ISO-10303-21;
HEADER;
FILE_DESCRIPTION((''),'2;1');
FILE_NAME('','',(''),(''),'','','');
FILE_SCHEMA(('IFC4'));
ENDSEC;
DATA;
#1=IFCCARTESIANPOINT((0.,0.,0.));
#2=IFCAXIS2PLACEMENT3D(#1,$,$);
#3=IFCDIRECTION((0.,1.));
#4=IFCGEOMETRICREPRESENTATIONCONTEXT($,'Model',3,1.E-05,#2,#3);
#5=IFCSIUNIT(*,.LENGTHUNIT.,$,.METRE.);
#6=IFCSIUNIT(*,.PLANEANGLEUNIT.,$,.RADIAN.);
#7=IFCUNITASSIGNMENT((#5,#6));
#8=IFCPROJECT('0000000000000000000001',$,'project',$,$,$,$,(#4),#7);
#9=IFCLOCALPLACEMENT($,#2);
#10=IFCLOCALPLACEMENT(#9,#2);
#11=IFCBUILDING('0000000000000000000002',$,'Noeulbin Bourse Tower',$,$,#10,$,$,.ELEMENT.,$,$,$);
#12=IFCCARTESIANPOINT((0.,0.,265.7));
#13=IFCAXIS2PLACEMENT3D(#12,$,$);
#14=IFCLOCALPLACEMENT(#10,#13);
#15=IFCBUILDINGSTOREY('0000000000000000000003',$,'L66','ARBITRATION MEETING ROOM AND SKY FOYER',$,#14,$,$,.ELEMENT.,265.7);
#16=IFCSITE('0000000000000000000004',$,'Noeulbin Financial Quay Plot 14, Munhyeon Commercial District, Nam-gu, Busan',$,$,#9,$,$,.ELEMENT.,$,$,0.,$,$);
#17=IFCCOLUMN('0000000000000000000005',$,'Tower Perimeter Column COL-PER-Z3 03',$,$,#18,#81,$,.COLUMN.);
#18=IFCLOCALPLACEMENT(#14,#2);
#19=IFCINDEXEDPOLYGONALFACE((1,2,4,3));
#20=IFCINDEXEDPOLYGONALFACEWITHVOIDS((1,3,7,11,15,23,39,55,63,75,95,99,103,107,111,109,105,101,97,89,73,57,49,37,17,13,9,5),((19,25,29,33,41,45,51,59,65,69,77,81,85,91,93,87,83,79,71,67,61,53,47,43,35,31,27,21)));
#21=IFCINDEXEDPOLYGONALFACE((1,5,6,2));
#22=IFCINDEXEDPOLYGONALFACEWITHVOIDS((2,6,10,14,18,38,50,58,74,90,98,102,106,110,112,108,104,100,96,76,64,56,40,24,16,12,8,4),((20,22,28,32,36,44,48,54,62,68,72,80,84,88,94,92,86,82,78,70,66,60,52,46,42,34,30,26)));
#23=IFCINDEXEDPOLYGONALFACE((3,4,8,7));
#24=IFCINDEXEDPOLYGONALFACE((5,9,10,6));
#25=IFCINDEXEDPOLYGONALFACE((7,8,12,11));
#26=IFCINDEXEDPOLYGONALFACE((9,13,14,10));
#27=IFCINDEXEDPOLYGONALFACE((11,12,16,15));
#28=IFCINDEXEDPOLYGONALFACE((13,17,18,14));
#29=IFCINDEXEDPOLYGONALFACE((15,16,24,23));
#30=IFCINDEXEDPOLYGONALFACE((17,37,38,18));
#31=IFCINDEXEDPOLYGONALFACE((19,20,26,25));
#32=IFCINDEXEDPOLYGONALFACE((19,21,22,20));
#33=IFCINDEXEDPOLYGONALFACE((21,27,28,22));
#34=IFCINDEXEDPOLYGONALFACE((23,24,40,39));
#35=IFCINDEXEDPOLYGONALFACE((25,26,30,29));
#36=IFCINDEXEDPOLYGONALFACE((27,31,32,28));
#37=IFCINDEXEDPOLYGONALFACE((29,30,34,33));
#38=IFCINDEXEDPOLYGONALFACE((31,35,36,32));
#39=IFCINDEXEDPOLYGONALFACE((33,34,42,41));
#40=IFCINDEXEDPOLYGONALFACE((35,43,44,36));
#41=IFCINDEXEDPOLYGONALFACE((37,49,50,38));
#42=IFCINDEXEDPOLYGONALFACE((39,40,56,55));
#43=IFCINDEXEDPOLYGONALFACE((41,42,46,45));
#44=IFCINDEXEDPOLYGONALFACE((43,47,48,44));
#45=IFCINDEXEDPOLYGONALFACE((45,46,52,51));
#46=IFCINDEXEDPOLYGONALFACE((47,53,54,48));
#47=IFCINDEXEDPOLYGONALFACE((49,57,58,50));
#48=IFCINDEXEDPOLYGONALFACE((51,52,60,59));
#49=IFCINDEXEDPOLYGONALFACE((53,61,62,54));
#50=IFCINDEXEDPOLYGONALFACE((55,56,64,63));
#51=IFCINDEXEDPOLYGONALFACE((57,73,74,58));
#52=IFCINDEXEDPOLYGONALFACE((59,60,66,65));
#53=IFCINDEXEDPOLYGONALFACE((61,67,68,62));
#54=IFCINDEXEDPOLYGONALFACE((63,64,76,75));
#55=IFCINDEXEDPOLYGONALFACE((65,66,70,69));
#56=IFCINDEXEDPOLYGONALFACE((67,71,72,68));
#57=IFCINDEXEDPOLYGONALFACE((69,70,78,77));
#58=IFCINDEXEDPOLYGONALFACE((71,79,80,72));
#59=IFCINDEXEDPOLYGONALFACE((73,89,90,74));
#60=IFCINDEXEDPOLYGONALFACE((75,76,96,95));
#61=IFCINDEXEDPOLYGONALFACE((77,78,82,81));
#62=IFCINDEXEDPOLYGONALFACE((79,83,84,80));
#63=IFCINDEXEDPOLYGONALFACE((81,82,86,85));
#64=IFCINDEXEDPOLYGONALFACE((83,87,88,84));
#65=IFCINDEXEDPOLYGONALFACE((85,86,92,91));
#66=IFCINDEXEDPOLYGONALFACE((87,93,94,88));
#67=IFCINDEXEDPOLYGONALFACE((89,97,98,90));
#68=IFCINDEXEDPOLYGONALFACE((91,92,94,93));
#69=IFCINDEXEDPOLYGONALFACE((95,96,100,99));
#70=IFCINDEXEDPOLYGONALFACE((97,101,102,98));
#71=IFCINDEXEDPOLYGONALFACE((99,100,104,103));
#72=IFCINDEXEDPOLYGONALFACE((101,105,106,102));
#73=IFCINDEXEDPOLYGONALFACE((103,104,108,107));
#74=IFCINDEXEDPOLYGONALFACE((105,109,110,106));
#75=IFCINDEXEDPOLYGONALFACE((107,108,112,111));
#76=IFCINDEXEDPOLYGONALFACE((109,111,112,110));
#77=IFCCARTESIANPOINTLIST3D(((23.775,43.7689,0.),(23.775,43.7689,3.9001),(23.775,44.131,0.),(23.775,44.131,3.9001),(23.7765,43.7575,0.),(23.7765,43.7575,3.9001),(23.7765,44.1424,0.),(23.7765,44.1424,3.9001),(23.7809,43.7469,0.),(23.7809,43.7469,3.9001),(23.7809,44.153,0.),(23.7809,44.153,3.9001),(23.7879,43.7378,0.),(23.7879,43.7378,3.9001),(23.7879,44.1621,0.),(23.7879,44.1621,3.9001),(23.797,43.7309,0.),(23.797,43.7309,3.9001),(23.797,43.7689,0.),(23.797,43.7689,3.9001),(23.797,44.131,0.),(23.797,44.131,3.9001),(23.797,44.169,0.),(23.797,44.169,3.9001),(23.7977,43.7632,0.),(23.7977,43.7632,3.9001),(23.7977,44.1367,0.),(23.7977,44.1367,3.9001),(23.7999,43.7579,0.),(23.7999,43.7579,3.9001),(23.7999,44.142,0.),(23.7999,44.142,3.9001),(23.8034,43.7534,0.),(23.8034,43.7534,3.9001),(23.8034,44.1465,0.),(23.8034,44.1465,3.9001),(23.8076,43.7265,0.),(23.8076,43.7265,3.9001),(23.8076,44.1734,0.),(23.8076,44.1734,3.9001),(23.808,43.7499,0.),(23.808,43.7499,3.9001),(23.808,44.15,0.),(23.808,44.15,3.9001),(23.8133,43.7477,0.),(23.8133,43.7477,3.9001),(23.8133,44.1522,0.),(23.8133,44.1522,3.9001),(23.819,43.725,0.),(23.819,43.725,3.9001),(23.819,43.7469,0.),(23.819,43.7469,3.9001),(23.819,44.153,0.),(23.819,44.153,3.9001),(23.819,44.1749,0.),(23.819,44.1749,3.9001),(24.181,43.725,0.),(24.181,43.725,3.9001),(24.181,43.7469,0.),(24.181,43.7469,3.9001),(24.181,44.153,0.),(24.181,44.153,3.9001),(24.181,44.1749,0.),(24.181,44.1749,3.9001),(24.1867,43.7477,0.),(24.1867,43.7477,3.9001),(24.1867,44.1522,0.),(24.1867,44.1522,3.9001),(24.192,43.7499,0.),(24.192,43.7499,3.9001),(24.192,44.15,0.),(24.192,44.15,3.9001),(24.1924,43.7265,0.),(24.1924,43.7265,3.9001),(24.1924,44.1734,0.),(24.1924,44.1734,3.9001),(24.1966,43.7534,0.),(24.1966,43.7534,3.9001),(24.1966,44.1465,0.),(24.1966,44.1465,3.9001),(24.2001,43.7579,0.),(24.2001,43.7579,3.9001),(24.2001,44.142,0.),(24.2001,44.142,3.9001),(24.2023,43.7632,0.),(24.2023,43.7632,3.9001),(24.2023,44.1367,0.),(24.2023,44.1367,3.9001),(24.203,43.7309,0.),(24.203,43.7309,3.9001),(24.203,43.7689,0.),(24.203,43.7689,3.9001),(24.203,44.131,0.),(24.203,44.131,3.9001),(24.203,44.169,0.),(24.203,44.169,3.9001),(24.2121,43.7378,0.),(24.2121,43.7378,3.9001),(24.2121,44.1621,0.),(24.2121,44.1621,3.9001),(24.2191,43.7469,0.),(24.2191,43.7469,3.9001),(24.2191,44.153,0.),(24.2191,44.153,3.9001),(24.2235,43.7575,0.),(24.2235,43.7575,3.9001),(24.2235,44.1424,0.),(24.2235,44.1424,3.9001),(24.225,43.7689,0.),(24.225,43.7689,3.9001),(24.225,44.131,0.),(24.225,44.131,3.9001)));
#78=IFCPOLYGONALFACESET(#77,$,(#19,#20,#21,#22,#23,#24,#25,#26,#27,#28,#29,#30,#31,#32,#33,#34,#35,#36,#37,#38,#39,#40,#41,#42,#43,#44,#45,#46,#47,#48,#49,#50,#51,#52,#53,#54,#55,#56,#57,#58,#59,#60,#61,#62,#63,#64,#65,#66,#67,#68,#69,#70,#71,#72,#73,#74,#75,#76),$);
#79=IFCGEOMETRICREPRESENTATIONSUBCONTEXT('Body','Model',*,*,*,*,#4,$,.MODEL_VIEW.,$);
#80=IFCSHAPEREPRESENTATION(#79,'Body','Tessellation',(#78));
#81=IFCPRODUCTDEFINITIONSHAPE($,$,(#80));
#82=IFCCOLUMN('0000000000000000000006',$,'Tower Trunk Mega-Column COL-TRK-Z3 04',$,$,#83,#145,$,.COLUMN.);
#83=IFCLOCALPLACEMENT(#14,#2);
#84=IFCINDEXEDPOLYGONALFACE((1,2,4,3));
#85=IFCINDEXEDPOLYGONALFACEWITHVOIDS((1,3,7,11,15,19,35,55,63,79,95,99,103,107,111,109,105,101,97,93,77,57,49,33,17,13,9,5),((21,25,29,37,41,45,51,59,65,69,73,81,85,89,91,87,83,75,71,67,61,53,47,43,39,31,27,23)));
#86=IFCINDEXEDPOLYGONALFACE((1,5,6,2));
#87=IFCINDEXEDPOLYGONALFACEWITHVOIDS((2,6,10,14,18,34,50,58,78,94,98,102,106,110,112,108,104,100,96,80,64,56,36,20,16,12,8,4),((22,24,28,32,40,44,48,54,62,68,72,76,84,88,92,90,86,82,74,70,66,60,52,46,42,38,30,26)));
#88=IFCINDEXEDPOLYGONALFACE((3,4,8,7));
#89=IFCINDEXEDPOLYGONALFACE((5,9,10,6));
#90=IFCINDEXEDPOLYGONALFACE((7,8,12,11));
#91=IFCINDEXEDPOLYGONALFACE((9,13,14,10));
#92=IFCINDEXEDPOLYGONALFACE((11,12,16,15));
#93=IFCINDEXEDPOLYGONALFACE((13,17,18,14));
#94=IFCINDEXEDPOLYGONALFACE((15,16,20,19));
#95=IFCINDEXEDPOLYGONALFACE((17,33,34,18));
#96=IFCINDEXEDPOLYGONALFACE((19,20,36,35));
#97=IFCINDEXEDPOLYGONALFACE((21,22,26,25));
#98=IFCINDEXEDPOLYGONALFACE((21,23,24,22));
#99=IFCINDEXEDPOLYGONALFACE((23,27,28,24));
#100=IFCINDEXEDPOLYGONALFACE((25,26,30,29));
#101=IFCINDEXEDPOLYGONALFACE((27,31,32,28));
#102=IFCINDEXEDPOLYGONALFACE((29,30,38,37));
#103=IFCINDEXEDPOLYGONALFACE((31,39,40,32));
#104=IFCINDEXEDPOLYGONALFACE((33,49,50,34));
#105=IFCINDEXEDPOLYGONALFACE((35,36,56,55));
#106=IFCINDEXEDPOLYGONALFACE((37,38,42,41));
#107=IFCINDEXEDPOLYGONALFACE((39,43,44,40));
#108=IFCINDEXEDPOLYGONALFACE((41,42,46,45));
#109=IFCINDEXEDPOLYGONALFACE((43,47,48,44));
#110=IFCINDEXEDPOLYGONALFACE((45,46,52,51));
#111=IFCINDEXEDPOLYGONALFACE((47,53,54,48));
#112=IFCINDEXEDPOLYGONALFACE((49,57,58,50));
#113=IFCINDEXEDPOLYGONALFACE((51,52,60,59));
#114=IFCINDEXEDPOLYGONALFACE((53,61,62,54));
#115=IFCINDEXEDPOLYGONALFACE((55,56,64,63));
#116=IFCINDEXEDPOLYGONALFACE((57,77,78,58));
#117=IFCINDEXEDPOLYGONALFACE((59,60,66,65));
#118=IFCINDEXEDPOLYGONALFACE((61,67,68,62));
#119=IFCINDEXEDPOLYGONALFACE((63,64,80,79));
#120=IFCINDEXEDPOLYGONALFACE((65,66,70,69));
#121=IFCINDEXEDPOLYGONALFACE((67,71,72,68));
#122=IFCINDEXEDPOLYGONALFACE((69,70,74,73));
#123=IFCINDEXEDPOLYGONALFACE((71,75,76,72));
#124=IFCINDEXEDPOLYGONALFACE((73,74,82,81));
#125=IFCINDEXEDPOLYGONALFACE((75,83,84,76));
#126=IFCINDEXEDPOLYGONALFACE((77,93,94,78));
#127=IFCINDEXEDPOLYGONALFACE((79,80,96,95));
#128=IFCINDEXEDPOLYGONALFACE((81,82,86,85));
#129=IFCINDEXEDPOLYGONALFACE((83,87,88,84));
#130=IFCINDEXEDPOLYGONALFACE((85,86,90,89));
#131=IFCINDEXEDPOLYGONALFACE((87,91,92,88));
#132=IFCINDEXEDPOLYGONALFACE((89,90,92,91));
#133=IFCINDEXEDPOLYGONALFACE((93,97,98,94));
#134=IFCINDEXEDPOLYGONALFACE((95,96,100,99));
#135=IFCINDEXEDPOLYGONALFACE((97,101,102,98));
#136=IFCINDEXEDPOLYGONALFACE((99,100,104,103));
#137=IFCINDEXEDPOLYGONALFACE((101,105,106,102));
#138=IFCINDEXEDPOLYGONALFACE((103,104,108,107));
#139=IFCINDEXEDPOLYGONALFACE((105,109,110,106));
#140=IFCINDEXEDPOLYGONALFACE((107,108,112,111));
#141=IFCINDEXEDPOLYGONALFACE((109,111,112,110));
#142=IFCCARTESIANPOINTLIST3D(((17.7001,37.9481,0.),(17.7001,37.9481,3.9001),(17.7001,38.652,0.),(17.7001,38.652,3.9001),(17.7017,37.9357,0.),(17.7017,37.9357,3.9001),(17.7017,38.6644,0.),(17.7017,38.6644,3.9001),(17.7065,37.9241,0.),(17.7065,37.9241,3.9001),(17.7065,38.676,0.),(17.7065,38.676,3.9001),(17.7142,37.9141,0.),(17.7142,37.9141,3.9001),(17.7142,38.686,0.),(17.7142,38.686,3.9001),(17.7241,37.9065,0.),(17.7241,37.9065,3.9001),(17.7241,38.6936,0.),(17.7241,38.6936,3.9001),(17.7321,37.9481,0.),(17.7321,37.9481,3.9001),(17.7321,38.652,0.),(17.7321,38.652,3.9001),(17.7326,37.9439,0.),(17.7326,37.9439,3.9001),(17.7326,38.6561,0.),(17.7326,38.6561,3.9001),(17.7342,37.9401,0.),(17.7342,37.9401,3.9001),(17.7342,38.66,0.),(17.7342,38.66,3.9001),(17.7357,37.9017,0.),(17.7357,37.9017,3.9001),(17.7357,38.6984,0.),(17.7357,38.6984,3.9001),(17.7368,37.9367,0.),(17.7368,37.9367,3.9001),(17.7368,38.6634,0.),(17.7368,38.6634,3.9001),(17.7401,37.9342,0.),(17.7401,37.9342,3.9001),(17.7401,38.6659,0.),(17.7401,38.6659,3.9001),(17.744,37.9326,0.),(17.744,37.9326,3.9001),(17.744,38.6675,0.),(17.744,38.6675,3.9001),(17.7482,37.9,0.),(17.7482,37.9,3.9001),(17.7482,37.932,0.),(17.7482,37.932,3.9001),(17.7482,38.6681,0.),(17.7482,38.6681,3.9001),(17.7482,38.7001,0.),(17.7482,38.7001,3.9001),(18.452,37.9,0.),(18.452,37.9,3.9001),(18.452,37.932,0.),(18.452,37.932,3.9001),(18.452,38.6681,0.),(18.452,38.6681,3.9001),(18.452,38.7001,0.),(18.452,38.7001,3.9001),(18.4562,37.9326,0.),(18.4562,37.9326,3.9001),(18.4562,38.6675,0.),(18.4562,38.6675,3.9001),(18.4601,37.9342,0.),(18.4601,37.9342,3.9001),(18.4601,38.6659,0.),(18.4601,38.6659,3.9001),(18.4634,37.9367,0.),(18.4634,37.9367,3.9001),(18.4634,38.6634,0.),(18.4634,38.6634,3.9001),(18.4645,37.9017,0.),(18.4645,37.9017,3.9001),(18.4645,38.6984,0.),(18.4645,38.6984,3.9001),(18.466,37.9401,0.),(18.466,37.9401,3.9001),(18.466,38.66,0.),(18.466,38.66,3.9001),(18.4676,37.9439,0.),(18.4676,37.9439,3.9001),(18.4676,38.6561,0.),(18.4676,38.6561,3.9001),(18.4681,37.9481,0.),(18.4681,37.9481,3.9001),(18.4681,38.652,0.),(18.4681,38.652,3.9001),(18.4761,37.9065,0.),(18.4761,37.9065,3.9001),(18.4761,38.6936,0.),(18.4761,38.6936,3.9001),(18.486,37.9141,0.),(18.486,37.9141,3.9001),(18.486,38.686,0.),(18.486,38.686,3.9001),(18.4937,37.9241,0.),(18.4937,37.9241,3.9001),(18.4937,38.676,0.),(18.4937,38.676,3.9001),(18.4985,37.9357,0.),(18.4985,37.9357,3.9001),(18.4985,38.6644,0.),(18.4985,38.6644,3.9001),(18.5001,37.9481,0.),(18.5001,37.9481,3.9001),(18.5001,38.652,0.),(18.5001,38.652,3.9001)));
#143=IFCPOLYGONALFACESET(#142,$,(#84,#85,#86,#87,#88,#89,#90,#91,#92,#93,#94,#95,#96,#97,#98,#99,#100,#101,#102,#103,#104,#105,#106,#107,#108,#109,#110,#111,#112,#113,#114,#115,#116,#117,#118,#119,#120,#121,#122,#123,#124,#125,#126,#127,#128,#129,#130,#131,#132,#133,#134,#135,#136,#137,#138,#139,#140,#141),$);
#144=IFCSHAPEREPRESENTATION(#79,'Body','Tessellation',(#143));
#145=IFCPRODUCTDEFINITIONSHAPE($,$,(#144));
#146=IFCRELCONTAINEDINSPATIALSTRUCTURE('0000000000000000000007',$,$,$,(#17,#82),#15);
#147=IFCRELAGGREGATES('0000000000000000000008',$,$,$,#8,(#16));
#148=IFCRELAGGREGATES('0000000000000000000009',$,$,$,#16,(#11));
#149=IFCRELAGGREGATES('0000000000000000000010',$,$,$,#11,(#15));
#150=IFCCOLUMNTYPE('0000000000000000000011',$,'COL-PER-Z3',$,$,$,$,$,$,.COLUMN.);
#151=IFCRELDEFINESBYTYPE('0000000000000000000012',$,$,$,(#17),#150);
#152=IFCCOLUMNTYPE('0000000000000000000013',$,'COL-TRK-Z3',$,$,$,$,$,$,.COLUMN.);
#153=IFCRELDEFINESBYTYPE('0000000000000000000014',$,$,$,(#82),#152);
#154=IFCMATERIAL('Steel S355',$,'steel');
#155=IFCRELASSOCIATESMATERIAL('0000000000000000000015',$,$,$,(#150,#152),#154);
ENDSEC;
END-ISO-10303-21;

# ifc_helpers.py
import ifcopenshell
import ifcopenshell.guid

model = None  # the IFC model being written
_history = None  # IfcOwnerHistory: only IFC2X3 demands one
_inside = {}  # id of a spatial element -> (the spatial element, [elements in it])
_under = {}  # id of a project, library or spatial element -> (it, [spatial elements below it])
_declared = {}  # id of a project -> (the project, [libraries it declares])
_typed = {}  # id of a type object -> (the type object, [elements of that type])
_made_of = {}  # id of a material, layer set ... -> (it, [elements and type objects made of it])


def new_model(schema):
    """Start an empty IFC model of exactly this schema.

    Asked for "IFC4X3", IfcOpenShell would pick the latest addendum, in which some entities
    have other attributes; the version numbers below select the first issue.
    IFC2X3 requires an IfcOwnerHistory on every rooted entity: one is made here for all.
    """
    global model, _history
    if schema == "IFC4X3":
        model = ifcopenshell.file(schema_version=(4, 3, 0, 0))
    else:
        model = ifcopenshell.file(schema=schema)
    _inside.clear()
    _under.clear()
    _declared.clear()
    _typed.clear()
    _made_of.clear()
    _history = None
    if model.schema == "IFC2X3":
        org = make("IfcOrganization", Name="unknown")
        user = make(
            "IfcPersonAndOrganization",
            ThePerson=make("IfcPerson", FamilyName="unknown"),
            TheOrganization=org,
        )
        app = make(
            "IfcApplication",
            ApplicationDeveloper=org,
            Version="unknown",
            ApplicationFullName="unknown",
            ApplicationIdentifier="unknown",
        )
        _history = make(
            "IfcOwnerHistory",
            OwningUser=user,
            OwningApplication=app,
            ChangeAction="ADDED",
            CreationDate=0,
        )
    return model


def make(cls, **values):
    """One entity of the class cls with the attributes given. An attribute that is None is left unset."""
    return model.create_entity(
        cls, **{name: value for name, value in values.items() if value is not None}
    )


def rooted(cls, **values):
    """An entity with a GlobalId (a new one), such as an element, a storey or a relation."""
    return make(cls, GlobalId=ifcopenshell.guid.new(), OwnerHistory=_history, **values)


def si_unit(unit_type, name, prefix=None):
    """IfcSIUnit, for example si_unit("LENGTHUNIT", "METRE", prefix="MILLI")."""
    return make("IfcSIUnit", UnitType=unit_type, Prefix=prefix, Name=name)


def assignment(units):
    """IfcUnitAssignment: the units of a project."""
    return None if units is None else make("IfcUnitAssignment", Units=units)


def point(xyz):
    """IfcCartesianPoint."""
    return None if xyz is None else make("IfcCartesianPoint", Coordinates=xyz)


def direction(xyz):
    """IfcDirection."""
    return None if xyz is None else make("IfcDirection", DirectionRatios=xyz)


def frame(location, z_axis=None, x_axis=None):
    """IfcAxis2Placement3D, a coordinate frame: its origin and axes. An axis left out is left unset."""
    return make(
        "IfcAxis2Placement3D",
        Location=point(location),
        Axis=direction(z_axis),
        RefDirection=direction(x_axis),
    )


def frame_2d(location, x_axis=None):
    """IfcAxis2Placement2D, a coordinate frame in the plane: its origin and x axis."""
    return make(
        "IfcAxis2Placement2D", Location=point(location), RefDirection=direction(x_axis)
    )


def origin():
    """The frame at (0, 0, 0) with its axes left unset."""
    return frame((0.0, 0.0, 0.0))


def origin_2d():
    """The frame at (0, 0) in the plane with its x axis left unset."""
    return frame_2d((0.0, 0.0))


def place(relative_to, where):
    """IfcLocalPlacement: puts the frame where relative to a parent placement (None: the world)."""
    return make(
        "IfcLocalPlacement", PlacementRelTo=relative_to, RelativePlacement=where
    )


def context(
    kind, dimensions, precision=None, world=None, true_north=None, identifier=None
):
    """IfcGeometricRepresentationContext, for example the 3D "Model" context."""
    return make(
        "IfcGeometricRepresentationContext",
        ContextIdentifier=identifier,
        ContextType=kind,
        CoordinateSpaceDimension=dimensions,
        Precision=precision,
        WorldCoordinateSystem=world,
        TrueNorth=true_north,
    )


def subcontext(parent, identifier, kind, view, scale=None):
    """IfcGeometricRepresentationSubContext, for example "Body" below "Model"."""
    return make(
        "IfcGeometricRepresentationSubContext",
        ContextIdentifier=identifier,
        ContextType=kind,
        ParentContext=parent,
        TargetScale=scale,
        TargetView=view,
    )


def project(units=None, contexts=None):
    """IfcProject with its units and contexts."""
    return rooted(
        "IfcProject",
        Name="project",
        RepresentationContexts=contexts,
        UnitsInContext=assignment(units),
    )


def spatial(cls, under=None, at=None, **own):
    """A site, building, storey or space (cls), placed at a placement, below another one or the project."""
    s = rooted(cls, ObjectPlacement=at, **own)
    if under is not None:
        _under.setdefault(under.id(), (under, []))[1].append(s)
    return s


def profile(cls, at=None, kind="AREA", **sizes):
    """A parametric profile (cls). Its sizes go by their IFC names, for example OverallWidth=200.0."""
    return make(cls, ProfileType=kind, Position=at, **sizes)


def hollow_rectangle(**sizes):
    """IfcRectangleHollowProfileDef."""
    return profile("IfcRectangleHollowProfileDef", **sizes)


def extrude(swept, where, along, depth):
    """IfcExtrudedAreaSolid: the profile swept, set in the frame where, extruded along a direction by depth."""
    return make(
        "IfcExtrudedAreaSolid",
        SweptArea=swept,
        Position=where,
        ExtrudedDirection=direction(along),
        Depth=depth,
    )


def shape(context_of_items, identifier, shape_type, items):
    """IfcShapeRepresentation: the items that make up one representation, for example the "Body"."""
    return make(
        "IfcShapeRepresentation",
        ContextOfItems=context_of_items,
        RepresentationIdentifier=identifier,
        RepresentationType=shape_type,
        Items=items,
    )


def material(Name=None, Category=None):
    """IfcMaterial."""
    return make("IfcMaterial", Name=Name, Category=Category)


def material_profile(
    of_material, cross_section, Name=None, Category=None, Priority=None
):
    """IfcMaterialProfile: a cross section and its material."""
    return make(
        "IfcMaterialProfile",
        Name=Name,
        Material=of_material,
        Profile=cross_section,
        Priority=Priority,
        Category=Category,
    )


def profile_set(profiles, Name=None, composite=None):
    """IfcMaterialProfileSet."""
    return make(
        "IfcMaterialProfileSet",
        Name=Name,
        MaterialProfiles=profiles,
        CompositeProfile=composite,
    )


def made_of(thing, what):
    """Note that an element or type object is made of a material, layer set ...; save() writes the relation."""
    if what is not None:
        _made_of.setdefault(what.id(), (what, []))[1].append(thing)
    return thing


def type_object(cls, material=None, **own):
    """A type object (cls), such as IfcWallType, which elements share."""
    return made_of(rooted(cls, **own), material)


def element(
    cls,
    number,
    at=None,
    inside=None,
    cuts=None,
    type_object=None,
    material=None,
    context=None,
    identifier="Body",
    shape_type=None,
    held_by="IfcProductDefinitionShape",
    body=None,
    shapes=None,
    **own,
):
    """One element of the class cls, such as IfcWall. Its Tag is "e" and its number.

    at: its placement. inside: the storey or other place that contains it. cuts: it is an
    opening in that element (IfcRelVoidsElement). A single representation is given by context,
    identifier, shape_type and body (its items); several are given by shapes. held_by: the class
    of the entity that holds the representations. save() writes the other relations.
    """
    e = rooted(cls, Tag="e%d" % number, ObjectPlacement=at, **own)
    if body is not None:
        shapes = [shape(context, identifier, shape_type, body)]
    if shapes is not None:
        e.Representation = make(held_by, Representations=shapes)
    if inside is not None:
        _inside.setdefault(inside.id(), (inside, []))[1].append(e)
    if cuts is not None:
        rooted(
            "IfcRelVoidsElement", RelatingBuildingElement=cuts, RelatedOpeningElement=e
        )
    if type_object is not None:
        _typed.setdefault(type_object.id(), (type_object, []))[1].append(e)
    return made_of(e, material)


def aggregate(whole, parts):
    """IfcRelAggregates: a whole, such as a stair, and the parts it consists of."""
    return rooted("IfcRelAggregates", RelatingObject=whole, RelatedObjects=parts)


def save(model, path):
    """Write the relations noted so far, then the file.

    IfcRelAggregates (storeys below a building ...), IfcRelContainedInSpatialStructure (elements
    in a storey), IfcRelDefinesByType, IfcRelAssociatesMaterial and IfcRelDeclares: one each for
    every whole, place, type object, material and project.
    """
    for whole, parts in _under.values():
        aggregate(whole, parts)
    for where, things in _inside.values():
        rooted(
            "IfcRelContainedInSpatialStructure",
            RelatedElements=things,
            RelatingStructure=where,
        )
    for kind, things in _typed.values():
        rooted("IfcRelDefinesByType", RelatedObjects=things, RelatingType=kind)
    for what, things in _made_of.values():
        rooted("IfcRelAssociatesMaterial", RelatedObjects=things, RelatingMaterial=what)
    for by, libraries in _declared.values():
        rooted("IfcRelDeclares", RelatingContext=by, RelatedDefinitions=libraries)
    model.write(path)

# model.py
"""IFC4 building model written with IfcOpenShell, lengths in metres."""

from ifc_helpers import new_model, si_unit, direction, frame, origin, origin_2d, place, context, subcontext, project, spatial, hollow_rectangle, extrude, material, material_profile, profile_set, type_object, element, save


model = new_model("IFC4")

# Units and contexts
model_context = context("Model", 3, precision=1e-05, world=origin(), true_north=direction((0.0, 1.0)))
body_context = subcontext(model_context, "Body", "Model", "MODEL_VIEW")
ifc_project = project(units=[si_unit("LENGTHUNIT", "METRE"), si_unit("PLANEANGLEUNIT", "RADIAN")], contexts=[model_context])

# Site, building, storey
site_placement = place(None, origin())
site = spatial("IfcSite", under=ifc_project, at=site_placement, Name="Noeulbin Financial Quay Plot 14, Munhyeon Commercial District, Nam-gu, Busan", CompositionType="ELEMENT", RefElevation=0.0)
building_placement = place(site_placement, origin())
building = spatial("IfcBuilding", under=site, at=building_placement, Name="Noeulbin Bourse Tower", CompositionType="ELEMENT")
storey_placement = place(building_placement, frame((0.0, 0.0, 265.7)))
storey = spatial("IfcBuildingStorey", under=building, at=storey_placement, Name="L66", Description="ARBITRATION MEETING ROOM AND SKY FOYER", CompositionType="ELEMENT", Elevation=265.7)

# Columns
ifc_material_1 = material(Name="Steel S355", Category="steel")
ifc_material_profile_1 = material_profile(ifc_material_1, hollow_rectangle(XDim=0.45, YDim=0.45, WallThickness=0.022, InnerFilletRadius=0.022, OuterFilletRadius=0.0439, at=origin_2d()), Name="SHS-450x450x22", Category="LoadBearing")
ifc_profile_set_1 = profile_set([ifc_material_profile_1], Name="Steel S355")
column_type_1 = type_object("IfcColumnType", Name="COL-PER-Z3", PredefinedType="COLUMN", material=ifc_profile_set_1)
column_placement = place(storey_placement, frame((24.0, 43.95, 0.0), z_axis=(0.0, 0.0, 1.0), x_axis=(1.0, 0.0, 0.0)))
element("IfcColumn", 1, at=column_placement, inside=storey, type_object=column_type_1, Name="Tower Perimeter Column COL-PER-Z3 03", PredefinedType="COLUMN", context=body_context, shape_type="SweptSolid", body=[
    extrude(hollow_rectangle(XDim=0.45, YDim=0.45, WallThickness=0.022, InnerFilletRadius=0.022, OuterFilletRadius=0.0439, at=origin_2d()), origin(), (0.0, 0.0, 1.0), 3.9001),
])
ifc_material_profile_2 = material_profile(ifc_material_1, hollow_rectangle(XDim=0.8, YDim=0.8, WallThickness=0.032, InnerFilletRadius=0.0161, OuterFilletRadius=0.0481, at=origin_2d()), Name="BOX-800x800x32", Category="LoadBearing")
ifc_profile_set_2 = profile_set([ifc_material_profile_2], Name="Steel S355")
column_type_2 = type_object("IfcColumnType", Name="COL-TRK-Z3", PredefinedType="COLUMN", material=ifc_profile_set_2)
for number, where, z_axis, x_axis, name in (
    (2, (18.1001, 38.3, 0.0), (0.0, 0.0, 1.0), (1.0, 0.0, 0.0), "Tower Trunk Mega-Column COL-TRK-Z3 04"),
):
    element("IfcColumn", number, at=place(storey_placement, frame(where, z_axis=z_axis, x_axis=x_axis)), inside=storey, type_object=column_type_2, Name=name, PredefinedType="COLUMN", context=body_context, shape_type="SweptSolid", body=[
        extrude(hollow_rectangle(XDim=0.8, YDim=0.8, WallThickness=0.032, InnerFilletRadius=0.0161, OuterFilletRadius=0.0481, at=origin_2d()), origin(), (0.0, 0.0, 1.0), 3.9001),
    ])

save(model, "model.ifc")
